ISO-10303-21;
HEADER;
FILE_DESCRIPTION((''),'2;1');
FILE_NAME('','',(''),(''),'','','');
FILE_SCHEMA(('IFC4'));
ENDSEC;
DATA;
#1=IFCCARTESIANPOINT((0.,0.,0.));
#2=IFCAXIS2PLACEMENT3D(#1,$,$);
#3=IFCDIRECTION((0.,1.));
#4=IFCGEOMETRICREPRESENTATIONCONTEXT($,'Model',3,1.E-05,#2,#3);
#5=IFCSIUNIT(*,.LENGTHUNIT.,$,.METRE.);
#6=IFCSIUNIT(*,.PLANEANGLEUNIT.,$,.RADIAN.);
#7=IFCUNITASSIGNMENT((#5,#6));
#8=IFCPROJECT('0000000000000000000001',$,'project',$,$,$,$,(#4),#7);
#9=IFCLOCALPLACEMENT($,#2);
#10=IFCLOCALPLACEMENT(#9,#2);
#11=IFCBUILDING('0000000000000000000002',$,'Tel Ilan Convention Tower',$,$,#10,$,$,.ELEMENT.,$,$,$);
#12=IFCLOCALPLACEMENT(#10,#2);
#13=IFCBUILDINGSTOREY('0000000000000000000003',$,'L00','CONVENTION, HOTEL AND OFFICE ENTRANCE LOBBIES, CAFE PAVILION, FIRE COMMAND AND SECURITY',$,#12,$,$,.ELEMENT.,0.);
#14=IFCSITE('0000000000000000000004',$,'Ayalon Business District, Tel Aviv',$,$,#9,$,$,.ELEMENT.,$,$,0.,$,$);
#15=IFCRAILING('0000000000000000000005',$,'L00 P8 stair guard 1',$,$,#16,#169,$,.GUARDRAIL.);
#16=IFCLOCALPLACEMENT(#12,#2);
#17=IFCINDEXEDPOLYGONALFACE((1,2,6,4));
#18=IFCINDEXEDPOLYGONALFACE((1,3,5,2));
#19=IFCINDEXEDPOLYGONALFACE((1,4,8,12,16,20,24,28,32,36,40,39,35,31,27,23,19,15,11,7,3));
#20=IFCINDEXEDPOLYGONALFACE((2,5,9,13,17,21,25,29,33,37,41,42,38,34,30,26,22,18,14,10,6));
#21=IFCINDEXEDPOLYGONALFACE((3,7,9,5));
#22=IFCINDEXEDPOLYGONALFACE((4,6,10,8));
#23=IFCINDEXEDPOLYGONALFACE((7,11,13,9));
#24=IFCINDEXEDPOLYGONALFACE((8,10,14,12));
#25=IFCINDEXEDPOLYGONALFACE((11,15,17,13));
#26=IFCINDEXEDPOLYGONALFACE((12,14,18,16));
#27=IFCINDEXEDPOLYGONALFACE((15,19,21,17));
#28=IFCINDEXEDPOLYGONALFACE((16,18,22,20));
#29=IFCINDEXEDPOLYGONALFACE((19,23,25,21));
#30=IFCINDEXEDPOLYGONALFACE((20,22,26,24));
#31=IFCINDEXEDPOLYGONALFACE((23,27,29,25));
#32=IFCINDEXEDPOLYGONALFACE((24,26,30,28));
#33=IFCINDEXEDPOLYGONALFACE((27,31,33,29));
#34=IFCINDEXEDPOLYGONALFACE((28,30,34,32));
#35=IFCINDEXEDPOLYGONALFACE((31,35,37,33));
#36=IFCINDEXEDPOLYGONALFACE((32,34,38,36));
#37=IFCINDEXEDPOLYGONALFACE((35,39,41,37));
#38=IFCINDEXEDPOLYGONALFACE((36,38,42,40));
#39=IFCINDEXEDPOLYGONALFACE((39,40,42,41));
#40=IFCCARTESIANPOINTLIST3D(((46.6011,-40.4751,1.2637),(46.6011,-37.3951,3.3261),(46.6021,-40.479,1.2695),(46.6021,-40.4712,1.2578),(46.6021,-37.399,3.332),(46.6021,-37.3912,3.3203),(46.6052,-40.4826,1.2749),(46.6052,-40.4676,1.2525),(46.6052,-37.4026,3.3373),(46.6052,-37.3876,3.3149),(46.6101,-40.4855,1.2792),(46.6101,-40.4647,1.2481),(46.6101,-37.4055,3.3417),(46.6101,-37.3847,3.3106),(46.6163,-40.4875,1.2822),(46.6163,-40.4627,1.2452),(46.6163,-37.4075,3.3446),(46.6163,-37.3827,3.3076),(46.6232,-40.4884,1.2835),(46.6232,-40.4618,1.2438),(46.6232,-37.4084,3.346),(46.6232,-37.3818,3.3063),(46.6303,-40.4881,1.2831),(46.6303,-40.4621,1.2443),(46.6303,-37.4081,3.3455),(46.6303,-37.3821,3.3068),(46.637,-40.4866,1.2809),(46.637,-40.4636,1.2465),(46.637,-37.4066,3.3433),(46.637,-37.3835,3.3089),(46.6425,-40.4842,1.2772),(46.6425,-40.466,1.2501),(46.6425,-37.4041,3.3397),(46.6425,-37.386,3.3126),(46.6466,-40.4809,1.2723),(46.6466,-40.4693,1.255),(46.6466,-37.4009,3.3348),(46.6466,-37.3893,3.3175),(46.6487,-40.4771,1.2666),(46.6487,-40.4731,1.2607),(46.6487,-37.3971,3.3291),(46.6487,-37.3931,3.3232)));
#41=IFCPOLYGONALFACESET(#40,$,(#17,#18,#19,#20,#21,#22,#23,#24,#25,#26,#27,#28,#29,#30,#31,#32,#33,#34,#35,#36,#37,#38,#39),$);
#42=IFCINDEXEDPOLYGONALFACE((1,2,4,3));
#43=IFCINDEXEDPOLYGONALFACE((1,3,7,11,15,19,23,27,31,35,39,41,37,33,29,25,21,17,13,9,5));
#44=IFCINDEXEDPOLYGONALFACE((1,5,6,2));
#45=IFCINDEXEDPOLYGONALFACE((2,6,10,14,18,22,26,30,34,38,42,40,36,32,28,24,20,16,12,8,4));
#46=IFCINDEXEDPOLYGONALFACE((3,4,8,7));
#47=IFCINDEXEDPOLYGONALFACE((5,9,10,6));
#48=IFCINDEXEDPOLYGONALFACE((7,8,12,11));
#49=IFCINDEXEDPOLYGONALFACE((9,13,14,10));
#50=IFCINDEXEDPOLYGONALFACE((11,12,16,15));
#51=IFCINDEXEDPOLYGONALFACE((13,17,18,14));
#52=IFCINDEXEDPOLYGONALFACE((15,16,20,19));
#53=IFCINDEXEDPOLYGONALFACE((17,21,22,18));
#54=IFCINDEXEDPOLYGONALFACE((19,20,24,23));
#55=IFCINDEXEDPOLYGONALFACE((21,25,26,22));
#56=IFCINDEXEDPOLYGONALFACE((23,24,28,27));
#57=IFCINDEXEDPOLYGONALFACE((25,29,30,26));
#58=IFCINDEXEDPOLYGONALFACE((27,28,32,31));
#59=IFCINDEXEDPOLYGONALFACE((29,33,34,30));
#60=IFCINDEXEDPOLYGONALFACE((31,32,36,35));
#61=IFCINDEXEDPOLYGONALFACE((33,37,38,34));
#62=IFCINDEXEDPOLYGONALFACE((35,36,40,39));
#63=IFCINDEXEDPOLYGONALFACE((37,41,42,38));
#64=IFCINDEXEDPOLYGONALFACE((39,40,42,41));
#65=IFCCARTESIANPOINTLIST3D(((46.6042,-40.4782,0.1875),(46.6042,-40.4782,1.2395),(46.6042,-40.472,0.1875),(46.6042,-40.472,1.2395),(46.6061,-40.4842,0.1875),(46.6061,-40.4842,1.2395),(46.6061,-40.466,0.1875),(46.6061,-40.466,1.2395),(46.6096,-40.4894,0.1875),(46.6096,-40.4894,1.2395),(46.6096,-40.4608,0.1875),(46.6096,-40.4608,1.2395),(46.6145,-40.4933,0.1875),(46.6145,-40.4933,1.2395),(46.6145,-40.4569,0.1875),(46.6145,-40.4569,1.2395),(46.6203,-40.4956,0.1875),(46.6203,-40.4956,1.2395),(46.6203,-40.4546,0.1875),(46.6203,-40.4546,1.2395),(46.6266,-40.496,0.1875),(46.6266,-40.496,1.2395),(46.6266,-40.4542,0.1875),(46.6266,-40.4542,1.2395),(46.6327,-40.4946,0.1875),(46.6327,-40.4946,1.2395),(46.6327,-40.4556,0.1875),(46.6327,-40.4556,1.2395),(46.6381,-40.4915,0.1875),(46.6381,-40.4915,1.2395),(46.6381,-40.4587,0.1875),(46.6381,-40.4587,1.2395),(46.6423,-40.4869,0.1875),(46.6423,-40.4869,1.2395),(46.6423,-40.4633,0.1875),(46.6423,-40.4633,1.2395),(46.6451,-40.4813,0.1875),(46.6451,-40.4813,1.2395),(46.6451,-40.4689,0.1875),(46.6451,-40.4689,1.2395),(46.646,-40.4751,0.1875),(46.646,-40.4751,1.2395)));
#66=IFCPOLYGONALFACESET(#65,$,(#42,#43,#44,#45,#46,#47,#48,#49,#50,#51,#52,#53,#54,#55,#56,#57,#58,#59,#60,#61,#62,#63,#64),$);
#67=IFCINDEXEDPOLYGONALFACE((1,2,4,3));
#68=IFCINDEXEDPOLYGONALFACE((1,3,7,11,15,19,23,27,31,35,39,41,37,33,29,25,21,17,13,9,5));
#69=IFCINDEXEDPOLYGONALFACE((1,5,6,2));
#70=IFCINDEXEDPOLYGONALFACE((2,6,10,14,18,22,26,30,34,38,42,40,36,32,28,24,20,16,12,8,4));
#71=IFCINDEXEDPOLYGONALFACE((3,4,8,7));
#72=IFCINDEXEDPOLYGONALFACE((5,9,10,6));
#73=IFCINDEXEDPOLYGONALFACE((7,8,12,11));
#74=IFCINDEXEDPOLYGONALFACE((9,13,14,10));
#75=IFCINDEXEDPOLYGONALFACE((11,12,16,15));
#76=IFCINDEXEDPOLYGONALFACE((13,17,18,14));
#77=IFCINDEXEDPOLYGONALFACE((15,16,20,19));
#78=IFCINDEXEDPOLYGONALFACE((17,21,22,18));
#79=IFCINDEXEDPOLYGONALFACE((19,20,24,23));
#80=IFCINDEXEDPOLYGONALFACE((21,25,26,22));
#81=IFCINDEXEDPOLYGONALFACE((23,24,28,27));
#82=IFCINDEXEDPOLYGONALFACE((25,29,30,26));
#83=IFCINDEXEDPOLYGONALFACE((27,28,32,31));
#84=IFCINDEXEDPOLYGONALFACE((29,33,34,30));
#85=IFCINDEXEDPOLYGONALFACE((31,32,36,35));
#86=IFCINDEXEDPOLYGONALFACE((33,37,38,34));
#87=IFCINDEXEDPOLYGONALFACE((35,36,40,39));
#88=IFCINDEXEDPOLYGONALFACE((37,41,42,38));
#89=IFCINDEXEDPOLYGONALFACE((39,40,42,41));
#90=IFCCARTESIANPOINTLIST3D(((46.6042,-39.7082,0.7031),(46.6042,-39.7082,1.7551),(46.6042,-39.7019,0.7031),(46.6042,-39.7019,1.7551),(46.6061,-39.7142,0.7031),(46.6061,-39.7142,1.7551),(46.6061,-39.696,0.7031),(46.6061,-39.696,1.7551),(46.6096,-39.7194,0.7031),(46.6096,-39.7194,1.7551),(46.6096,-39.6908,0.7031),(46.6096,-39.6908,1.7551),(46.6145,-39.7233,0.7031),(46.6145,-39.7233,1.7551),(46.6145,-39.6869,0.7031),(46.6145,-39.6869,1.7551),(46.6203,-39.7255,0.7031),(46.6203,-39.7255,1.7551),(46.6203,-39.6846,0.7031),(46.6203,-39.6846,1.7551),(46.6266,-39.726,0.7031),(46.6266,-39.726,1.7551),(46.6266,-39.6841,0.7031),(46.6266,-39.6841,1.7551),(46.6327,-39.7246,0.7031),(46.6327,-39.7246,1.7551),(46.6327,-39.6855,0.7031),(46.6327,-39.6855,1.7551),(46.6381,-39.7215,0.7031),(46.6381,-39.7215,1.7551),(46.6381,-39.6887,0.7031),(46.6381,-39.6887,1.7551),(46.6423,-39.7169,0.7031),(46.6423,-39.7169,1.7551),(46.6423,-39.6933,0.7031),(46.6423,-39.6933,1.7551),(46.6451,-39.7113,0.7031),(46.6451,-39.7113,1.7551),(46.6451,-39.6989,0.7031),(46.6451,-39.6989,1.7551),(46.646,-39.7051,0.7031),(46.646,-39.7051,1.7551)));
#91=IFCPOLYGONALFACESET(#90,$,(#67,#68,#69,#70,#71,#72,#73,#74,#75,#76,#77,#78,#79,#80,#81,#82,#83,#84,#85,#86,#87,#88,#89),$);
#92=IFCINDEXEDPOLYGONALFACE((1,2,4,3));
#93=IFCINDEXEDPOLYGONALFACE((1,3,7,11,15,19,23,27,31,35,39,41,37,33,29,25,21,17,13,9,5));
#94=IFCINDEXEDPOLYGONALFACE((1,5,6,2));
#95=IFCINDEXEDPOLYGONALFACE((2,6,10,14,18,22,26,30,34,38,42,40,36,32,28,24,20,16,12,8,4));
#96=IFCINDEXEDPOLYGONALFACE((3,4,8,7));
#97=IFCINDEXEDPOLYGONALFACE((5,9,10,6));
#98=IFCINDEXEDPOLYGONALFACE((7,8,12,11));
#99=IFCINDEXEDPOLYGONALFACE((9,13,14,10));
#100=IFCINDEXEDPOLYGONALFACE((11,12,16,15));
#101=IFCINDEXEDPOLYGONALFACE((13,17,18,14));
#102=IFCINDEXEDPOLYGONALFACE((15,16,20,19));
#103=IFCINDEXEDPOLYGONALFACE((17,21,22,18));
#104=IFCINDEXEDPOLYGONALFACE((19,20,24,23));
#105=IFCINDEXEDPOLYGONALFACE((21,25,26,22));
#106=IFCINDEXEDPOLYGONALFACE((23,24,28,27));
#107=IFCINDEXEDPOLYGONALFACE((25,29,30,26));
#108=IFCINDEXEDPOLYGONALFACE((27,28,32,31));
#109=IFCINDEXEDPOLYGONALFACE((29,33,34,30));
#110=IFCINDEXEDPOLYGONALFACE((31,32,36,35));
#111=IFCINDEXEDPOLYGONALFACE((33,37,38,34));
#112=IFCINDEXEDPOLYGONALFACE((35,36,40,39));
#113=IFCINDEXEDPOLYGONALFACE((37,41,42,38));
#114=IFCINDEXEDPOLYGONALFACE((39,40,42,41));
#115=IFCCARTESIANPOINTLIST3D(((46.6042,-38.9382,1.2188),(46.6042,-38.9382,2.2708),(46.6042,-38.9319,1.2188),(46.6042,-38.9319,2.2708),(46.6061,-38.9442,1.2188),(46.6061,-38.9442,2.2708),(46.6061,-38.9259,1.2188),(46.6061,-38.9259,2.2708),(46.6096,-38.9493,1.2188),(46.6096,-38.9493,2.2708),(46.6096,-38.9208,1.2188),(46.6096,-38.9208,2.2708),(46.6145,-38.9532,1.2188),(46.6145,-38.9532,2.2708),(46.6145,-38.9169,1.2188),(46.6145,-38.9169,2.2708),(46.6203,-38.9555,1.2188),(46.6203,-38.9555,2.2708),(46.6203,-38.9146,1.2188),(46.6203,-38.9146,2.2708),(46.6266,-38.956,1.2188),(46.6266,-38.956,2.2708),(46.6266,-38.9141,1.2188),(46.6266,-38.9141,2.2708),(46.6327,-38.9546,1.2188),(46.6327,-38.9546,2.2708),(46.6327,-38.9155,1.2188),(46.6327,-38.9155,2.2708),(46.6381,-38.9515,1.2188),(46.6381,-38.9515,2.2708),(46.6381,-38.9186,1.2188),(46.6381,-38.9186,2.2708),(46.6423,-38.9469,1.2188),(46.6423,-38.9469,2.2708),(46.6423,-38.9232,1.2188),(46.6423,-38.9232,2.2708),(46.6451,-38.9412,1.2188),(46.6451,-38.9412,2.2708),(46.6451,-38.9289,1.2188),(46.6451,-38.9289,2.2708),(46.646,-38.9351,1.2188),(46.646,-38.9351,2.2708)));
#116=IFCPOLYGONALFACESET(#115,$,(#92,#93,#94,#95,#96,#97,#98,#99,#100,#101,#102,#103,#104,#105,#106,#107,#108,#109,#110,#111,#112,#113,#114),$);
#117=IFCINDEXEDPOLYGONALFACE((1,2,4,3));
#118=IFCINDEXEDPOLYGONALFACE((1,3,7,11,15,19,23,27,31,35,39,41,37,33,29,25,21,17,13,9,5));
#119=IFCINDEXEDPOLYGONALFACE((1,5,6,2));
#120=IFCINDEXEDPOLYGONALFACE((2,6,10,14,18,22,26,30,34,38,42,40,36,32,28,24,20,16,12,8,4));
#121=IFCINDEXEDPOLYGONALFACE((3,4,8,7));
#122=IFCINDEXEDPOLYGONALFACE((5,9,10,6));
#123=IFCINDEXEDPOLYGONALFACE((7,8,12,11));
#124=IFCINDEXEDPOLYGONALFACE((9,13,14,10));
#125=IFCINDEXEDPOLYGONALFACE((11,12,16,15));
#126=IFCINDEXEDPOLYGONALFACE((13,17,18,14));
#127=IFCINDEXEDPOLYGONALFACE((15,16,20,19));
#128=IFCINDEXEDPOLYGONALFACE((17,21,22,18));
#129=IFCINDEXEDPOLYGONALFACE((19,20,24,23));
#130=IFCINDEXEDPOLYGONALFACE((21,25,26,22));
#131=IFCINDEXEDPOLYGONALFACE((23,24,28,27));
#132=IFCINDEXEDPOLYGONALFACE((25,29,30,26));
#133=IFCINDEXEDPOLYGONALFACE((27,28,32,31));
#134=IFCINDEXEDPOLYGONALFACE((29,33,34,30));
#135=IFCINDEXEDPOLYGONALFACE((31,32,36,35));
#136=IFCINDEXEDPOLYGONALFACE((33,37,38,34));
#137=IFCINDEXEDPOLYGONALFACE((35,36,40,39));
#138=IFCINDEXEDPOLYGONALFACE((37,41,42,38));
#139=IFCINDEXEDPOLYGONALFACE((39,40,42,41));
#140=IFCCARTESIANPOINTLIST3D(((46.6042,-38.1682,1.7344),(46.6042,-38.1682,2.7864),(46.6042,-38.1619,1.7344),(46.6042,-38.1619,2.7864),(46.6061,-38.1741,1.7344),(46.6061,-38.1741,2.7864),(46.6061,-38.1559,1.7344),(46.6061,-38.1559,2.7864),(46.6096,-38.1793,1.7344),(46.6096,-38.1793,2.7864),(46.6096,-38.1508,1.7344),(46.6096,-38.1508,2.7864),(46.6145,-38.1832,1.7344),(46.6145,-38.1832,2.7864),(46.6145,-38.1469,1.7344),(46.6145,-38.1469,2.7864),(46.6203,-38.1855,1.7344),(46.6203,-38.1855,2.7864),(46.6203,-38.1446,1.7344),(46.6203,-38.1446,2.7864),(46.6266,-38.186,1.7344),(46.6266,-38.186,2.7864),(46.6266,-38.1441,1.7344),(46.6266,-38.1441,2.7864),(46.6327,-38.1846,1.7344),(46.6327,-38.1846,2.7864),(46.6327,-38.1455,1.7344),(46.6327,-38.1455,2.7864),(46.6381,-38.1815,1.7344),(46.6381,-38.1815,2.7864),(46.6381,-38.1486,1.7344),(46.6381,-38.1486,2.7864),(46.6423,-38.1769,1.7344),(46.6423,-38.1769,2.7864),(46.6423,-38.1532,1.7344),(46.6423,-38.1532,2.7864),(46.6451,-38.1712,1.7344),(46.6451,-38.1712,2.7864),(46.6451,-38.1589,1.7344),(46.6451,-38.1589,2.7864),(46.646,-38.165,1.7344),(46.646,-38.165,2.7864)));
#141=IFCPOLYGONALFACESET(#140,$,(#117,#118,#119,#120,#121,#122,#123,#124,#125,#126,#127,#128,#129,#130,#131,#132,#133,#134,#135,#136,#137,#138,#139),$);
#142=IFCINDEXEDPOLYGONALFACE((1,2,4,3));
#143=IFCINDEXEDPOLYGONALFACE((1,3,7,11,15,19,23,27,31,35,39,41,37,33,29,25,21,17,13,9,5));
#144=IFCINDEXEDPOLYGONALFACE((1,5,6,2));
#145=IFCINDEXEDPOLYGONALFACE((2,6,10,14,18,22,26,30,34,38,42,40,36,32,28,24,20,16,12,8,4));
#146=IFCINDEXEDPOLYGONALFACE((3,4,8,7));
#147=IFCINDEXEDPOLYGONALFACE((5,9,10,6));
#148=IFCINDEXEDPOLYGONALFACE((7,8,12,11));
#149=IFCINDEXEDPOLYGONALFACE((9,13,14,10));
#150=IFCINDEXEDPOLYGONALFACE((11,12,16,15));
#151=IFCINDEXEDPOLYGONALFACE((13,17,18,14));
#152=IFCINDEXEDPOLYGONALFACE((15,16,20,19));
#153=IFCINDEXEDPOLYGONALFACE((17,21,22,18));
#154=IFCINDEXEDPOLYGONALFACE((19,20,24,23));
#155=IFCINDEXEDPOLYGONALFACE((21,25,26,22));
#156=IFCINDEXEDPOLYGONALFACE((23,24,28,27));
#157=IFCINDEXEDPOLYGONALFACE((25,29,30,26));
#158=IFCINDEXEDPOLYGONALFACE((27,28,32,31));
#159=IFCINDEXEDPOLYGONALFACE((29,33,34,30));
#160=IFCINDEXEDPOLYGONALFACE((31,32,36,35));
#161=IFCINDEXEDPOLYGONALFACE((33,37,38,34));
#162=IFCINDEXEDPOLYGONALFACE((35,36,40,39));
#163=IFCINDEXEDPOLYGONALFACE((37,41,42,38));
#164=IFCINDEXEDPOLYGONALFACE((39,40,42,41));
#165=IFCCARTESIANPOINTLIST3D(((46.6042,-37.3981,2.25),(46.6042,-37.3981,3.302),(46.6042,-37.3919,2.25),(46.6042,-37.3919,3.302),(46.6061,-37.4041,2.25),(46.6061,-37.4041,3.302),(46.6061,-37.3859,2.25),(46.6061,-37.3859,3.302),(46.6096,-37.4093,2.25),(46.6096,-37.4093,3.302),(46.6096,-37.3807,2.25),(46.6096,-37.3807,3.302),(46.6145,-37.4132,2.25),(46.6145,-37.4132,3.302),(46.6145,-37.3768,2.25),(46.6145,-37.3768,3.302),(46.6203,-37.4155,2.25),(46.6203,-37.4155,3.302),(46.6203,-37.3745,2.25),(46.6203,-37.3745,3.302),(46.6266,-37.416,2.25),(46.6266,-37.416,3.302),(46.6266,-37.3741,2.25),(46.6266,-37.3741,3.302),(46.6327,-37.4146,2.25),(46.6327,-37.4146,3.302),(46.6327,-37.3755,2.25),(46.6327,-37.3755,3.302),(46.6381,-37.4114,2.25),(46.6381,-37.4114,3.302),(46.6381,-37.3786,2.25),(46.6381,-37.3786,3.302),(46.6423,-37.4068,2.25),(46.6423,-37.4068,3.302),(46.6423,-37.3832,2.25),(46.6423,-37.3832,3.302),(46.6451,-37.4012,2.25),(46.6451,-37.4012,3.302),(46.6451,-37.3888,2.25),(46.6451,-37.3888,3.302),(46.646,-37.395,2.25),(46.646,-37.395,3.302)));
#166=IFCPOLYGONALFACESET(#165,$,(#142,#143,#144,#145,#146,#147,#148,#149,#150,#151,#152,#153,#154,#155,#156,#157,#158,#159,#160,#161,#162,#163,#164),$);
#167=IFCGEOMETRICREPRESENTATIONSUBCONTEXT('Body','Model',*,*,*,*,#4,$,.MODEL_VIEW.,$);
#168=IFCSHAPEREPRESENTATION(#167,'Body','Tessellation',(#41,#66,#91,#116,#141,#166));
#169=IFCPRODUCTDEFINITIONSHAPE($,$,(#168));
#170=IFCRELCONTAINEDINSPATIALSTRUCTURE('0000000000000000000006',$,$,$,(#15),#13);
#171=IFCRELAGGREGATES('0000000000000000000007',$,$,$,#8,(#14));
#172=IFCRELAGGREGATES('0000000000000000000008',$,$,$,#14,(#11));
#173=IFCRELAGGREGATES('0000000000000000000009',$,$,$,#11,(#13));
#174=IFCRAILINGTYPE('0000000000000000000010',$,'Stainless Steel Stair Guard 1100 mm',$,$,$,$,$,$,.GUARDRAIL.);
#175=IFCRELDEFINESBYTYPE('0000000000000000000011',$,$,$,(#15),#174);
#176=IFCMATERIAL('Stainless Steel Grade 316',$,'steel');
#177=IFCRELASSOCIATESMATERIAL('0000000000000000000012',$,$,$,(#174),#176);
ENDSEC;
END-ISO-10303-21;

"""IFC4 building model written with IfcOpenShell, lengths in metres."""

from ifc_helpers import new_model, si_unit, direction, frame, origin, origin_2d, place, context, subcontext, project, spatial, circle, extrude, material, type_object, element, save


model = new_model("IFC4")

# Units and contexts
model_context = context("Model", 3, precision=1e-05, world=origin(), true_north=direction((0.0, 1.0)))
body_context = subcontext(model_context, "Body", "Model", "MODEL_VIEW")
ifc_project = project(units=[si_unit("LENGTHUNIT", "METRE"), si_unit("PLANEANGLEUNIT", "RADIAN")], contexts=[model_context])

# Site, building, storey
site_placement = place(None, origin())
site = spatial("IfcSite", under=ifc_project, at=site_placement, Name="Ayalon Business District, Tel Aviv", CompositionType="ELEMENT", RefElevation=0.0)
building_placement = place(site_placement, origin())
building = spatial("IfcBuilding", under=site, at=building_placement, Name="Tel Ilan Convention Tower", CompositionType="ELEMENT")
storey_placement = place(building_placement, origin())
storey = spatial("IfcBuildingStorey", under=building, at=storey_placement, Name="L00", Description="CONVENTION, HOTEL AND OFFICE ENTRANCE LOBBIES, CAFE PAVILION, FIRE COMMAND AND SECURITY", CompositionType="ELEMENT", Elevation=0.0)

# Railing
ifc_material_1 = material(Name="Stainless Steel Grade 316", Category="steel")
railing_type_1 = type_object("IfcRailingType", Name="Stainless Steel Stair Guard 1100 mm", PredefinedType="GUARDRAIL", material=ifc_material_1)
railing_1_placement = place(storey_placement, frame((46.625, -40.4751, 0.1875)))
element("IfcRailing", 1, at=railing_1_placement, inside=storey, type_object=railing_type_1, Name="L00 P8 stair guard 1", PredefinedType="GUARDRAIL", context=body_context, shape_type="SweptSolid", body=[
    extrude(circle(Radius=0.0239, at=origin_2d()), frame((0.0, 0.0, 1.0762), z_axis=(0.0, 0.830914, 0.556401), x_axis=(-1.0, 0.0, 0.0)), (0.0, 0.0, 1.0), 3.7068),
    extrude(circle(Radius=0.021, at=origin_2d()), origin(), (0.0, 0.0, 1.0), 1.052),
    extrude(circle(Radius=0.021, at=origin_2d()), frame((0.0, 0.77, 0.5156)), (0.0, 0.0, 1.0), 1.052),
    extrude(circle(Radius=0.021, at=origin_2d()), frame((0.0, 1.54, 1.0312)), (0.0, 0.0, 1.0), 1.052),
    extrude(circle(Radius=0.021, at=origin_2d()), frame((0.0, 2.3101, 1.5469)), (0.0, 0.0, 1.0), 1.052),
    extrude(circle(Radius=0.021, at=origin_2d()), frame((0.0, 3.0801, 2.0625)), (0.0, 0.0, 1.0), 1.052),
])

save(model, "model.ifc")
